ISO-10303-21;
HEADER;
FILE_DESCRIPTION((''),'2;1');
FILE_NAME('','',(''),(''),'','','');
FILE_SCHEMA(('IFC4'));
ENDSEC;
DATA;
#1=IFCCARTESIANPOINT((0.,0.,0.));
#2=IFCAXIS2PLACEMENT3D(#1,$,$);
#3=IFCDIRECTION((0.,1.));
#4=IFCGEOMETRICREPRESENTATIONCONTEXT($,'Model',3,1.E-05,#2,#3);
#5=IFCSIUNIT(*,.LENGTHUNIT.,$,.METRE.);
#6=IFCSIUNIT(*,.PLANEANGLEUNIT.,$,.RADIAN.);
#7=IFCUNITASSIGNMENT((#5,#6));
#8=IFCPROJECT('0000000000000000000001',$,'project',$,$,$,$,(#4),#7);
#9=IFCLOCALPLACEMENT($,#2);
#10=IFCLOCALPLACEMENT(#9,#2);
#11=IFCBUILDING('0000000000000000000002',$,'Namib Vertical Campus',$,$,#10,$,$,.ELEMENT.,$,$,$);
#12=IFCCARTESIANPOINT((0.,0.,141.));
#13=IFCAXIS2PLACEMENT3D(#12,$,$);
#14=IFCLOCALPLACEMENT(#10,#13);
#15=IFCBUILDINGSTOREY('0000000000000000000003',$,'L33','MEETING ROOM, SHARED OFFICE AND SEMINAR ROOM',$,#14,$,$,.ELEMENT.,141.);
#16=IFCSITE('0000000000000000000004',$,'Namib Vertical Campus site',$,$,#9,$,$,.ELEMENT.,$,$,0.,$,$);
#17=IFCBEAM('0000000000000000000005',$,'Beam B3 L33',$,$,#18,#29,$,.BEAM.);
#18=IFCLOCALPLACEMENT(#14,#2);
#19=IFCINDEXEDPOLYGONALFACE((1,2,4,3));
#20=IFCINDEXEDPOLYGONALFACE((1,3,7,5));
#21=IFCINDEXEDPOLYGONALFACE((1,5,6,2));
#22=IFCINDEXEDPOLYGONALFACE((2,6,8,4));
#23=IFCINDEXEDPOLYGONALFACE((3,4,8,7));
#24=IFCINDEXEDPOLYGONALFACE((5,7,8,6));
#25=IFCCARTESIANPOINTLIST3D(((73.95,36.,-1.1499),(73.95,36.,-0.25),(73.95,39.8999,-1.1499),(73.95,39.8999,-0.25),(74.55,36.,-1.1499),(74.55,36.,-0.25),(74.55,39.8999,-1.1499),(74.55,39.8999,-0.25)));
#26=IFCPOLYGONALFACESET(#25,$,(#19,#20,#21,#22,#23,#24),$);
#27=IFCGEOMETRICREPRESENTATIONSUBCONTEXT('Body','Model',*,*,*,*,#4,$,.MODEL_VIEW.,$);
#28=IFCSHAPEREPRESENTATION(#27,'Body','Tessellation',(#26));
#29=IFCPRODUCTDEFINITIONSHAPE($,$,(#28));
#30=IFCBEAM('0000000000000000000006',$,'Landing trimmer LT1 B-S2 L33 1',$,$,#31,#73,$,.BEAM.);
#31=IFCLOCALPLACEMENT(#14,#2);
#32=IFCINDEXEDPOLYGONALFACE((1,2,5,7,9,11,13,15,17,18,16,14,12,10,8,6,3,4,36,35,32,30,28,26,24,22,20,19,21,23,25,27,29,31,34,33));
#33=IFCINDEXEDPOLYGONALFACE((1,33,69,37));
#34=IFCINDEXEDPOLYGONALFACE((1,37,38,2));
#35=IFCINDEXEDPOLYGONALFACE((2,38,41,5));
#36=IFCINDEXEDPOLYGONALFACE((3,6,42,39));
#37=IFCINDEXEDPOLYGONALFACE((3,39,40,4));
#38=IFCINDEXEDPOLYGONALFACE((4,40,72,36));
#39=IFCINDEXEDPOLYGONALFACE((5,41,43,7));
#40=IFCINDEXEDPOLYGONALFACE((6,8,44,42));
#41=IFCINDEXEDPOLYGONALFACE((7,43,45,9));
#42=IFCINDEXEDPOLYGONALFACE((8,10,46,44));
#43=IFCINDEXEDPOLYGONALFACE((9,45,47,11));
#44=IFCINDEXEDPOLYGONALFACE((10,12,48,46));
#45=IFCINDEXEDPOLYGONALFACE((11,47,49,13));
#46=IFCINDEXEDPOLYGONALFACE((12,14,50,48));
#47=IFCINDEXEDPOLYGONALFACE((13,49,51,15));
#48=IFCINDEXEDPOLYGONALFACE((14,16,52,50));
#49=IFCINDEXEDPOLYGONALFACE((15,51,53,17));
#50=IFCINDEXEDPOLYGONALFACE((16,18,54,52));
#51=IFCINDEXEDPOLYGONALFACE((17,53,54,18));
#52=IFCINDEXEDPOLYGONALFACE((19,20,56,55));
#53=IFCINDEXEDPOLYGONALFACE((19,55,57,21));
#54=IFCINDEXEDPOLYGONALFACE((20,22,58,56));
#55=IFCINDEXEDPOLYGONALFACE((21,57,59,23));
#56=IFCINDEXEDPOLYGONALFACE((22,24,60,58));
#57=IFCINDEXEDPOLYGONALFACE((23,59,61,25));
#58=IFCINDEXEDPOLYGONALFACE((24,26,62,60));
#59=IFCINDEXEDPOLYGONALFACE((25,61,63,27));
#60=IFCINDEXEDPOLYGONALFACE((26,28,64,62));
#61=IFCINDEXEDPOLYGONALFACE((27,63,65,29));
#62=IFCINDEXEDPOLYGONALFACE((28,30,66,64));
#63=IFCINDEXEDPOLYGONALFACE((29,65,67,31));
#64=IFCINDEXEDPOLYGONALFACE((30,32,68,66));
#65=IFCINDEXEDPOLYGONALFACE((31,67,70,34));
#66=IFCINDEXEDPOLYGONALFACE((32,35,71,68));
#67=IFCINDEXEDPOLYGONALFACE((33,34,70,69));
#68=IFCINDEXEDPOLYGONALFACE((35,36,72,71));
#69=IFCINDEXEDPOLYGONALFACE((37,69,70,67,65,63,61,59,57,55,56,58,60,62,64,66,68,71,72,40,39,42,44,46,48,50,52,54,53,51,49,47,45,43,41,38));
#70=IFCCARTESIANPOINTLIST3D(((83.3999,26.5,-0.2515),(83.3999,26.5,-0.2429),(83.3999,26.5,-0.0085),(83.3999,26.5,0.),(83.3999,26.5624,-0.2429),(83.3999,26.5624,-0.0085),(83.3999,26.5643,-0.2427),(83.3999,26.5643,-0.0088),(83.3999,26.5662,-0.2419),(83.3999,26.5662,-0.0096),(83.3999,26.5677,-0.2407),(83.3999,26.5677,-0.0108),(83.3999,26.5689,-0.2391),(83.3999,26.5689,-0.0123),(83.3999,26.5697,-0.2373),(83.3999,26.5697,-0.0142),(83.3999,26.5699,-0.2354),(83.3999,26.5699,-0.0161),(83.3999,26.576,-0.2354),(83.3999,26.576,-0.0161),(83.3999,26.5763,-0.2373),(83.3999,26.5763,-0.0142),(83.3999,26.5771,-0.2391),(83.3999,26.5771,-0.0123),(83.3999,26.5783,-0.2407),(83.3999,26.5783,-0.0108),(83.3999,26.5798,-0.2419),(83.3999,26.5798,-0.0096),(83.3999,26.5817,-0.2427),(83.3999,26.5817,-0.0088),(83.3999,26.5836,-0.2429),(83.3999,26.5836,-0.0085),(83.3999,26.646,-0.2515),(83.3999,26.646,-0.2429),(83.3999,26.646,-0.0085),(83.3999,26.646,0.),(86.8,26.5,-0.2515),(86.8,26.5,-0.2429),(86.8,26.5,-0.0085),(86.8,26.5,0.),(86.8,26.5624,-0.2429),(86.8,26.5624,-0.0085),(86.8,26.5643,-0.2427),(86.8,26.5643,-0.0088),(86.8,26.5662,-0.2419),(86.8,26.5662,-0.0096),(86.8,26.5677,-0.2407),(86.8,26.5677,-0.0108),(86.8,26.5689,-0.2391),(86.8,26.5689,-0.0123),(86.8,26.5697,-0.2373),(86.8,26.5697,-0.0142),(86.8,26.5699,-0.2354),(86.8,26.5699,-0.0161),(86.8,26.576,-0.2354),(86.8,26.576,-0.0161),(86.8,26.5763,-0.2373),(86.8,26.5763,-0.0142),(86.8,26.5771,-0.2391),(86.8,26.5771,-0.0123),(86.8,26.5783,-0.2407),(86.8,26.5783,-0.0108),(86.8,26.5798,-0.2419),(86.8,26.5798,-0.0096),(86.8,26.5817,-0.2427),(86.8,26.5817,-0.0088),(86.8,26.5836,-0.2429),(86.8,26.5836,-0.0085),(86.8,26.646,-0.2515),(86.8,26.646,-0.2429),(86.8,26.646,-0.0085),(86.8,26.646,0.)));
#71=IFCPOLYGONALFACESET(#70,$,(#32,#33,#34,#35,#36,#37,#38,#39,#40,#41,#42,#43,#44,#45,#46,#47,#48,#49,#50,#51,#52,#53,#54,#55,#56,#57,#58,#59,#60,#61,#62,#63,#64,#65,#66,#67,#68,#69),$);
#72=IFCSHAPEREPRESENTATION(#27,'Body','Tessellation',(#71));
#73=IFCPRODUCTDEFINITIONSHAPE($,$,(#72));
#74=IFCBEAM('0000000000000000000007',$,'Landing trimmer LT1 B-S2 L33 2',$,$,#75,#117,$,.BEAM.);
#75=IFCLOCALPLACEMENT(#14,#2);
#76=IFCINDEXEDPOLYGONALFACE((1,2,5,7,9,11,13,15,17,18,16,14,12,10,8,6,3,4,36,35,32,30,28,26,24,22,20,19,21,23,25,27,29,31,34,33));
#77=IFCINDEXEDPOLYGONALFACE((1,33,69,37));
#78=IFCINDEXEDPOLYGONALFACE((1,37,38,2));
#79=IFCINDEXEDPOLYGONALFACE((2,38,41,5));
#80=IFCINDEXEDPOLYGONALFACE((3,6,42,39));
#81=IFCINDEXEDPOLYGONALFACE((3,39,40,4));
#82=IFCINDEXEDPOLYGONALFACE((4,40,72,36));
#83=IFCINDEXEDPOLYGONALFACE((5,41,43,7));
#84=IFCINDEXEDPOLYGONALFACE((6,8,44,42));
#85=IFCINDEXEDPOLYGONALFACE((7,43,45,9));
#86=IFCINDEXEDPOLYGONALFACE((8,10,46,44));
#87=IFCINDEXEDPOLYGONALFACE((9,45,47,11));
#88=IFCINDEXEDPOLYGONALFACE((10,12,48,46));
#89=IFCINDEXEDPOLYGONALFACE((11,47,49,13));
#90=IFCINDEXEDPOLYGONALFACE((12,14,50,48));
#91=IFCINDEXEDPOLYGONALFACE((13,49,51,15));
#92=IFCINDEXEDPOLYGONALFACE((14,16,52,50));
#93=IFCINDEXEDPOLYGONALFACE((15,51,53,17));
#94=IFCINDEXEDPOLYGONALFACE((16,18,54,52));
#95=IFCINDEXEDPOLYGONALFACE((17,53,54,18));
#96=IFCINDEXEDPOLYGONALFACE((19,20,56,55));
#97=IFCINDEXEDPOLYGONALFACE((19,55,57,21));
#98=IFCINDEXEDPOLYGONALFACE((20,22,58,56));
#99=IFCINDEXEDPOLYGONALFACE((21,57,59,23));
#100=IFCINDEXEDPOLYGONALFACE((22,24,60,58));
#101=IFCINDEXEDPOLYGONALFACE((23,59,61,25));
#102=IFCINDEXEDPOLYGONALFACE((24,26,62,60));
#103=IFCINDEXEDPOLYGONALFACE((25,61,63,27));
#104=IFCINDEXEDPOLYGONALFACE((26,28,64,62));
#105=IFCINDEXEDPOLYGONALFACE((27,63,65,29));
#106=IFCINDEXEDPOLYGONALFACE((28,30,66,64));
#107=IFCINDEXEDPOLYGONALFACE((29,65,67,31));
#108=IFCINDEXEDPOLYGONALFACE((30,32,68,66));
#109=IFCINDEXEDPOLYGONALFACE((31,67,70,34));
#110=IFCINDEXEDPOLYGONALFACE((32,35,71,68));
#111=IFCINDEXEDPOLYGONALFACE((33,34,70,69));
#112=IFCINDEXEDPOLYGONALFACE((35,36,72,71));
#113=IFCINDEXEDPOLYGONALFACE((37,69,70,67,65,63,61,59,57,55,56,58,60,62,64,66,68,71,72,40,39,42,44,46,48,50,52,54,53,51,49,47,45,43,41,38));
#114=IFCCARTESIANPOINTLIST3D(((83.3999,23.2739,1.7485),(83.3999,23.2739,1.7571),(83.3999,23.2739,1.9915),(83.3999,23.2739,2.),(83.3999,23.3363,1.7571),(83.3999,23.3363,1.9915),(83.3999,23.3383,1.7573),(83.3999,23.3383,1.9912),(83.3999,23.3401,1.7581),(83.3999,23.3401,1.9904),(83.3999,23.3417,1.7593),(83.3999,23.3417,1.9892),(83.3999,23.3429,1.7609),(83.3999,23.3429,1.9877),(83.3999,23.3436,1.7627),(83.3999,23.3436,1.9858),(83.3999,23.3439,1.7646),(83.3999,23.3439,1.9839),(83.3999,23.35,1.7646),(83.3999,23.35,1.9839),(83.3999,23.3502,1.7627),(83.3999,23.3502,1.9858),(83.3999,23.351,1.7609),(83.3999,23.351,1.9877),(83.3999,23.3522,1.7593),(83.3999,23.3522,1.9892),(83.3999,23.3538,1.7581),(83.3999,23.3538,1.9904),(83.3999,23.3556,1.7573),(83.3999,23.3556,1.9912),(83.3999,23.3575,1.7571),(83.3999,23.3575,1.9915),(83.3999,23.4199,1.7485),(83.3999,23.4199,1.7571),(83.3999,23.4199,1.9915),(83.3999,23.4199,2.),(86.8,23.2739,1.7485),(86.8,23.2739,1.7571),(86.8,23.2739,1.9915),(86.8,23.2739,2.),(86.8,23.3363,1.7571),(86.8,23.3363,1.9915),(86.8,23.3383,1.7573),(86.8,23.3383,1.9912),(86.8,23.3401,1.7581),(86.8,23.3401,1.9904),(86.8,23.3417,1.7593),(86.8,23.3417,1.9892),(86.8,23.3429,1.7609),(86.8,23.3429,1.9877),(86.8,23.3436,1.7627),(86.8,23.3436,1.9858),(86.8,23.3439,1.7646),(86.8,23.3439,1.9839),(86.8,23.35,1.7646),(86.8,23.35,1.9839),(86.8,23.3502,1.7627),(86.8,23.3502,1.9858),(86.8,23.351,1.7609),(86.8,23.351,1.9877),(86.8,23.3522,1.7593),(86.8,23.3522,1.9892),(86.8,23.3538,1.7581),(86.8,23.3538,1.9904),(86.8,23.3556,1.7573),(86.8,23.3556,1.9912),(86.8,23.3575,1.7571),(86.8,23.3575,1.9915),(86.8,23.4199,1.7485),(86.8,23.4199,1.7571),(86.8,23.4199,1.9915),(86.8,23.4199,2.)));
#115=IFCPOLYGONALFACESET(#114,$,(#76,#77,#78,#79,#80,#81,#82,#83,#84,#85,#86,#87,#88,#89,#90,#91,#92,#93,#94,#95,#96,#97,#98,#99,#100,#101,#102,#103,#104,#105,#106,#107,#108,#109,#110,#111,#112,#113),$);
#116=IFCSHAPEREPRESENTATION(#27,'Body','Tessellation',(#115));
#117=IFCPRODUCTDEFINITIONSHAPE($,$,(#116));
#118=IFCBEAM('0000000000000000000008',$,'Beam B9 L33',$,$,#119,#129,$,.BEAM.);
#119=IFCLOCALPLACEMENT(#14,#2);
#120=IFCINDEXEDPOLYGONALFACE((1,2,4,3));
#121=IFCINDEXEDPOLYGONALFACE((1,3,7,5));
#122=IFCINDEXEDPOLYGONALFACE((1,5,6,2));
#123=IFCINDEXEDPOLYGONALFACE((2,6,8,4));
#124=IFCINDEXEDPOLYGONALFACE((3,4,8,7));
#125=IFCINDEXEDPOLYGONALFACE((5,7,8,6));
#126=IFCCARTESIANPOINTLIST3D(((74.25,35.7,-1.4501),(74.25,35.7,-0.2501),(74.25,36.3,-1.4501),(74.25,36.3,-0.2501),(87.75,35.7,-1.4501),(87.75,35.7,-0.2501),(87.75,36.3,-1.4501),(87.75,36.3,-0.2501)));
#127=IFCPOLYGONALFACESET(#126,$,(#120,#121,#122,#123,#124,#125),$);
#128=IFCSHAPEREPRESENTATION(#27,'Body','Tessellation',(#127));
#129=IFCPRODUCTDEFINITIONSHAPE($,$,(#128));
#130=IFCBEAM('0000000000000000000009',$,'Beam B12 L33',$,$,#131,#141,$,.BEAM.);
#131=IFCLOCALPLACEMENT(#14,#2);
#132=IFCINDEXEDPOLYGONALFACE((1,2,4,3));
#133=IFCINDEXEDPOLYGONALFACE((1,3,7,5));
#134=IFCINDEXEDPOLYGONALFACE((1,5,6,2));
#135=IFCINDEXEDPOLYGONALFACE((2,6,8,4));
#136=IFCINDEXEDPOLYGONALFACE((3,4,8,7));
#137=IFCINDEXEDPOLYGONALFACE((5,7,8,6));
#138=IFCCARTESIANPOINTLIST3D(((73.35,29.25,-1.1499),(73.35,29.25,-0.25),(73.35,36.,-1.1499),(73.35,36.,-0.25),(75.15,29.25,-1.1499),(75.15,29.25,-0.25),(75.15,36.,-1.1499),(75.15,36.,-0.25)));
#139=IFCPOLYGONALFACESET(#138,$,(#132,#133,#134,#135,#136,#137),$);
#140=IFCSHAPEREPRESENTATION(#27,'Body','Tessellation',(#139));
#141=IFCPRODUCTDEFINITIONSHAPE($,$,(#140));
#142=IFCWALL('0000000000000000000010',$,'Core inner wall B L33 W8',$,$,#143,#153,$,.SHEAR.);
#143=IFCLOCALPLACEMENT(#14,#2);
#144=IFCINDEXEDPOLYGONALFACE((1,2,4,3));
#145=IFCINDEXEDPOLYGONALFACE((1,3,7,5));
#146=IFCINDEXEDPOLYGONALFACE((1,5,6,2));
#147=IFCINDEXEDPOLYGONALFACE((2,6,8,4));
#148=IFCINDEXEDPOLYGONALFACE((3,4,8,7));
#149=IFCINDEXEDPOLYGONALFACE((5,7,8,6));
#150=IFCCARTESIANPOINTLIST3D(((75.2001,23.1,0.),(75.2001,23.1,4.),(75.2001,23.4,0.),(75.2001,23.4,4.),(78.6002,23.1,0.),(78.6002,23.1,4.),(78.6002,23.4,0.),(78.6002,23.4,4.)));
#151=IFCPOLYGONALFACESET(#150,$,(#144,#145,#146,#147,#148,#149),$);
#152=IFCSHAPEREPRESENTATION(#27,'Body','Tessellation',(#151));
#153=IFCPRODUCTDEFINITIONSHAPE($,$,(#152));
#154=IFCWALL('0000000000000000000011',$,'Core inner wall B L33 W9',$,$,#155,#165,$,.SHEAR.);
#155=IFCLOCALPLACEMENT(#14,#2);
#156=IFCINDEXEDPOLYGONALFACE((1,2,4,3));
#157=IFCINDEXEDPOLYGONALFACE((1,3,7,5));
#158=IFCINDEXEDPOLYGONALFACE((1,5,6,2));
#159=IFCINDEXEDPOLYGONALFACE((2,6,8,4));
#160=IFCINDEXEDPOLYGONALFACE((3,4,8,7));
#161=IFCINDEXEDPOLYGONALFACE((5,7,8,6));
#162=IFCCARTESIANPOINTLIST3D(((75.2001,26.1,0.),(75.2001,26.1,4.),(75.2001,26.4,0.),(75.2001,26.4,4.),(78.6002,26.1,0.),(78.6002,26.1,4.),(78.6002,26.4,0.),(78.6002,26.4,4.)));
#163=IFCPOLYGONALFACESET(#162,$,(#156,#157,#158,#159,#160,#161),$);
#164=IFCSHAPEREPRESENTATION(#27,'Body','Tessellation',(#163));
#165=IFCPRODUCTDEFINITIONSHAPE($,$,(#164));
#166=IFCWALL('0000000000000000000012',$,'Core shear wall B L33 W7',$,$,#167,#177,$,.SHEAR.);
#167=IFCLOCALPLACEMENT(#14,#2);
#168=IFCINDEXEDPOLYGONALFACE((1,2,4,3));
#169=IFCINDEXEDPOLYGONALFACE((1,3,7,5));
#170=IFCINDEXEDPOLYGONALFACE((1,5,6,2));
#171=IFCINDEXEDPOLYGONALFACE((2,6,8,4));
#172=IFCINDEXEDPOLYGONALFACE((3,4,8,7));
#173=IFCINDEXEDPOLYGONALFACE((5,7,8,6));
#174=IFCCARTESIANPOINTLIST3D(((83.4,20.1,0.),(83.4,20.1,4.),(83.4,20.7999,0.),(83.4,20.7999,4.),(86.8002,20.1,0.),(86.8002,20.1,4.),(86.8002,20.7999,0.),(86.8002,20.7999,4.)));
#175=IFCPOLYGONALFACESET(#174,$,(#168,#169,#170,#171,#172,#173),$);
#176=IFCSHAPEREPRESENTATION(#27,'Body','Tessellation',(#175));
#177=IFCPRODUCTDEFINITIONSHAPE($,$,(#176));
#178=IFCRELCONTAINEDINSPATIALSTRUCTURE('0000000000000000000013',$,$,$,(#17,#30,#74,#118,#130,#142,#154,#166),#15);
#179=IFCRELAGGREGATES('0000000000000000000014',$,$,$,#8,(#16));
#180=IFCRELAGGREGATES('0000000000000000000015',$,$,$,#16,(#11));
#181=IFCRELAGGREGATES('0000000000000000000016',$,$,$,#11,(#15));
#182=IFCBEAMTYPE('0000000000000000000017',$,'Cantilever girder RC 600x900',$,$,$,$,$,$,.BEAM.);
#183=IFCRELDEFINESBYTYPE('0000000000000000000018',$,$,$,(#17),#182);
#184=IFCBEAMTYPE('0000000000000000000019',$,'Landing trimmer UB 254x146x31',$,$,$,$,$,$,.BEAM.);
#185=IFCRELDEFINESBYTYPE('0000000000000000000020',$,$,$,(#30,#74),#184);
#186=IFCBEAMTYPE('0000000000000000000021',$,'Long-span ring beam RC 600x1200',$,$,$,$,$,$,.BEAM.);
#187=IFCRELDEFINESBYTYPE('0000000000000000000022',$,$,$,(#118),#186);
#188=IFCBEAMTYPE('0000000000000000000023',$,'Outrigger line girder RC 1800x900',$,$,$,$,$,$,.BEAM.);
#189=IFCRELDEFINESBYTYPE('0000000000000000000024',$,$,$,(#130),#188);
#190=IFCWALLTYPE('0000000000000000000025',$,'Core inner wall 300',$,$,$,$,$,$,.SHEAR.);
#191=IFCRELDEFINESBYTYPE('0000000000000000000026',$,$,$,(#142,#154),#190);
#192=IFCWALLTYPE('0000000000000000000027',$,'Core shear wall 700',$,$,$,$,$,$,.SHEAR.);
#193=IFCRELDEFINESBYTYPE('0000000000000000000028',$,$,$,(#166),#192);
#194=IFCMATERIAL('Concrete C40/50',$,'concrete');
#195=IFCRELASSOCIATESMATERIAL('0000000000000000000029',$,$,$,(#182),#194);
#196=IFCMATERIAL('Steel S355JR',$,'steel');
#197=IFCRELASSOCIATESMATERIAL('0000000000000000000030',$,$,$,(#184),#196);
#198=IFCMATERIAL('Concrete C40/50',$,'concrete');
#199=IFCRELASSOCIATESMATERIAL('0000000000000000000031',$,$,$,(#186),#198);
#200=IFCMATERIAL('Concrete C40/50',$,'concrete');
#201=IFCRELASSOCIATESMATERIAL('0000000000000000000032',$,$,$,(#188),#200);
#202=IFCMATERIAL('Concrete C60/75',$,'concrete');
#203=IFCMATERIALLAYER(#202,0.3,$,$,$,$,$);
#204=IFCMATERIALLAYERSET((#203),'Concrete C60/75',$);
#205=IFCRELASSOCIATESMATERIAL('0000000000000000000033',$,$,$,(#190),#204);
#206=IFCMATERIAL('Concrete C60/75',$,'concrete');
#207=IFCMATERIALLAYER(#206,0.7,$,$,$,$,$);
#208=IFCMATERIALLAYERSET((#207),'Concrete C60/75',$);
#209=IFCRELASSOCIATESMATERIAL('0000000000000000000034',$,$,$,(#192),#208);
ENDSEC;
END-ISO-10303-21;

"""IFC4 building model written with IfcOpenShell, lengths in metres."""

from ifc_helpers import new_model, si_unit, direction, frame, frame_2d, origin, origin_2d, place, context, subcontext, project, spatial, rectangle, i_section, extrude, material, layer, layer_set, material_profile, profile_set, type_object, element, save


model = new_model("IFC4")

# Units and contexts
model_context = context("Model", 3, precision=1e-05, world=origin(), true_north=direction((0.0, 1.0)))
body_context = subcontext(model_context, "Body", "Model", "MODEL_VIEW")
ifc_project = project(units=[si_unit("LENGTHUNIT", "METRE"), si_unit("PLANEANGLEUNIT", "RADIAN")], contexts=[model_context])

# Site, building, storey
site_placement = place(None, origin())
site = spatial("IfcSite", under=ifc_project, at=site_placement, Name="Namib Vertical Campus site", CompositionType="ELEMENT", RefElevation=0.0)
building_placement = place(site_placement, origin())
building = spatial("IfcBuilding", under=site, at=building_placement, Name="Namib Vertical Campus", CompositionType="ELEMENT")
storey_placement = place(building_placement, frame((0.0, 0.0, 141.0)))
storey = spatial("IfcBuildingStorey", under=building, at=storey_placement, Name="L33", Description="MEETING ROOM, SHARED OFFICE AND SEMINAR ROOM", CompositionType="ELEMENT", Elevation=141.0)

# Beams
ifc_material_1 = material(Name="Concrete C40/50", Category="concrete")
ifc_material_profile_1 = material_profile(ifc_material_1, rectangle(XDim=0.6001, YDim=0.8999, at=origin_2d()))
ifc_profile_set_1 = profile_set([ifc_material_profile_1], Name="Concrete C40/50")
beam_type_1 = type_object("IfcBeamType", Name="Cantilever girder RC 600x900", PredefinedType="BEAM", material=ifc_profile_set_1)
beam_1_placement = place(storey_placement, frame((74.25, 36.0, -0.7), z_axis=(0.0, 1.0, 0.0), x_axis=(-1.0, 0.0, 0.0)))
element("IfcBeam", 1, at=beam_1_placement, inside=storey, type_object=beam_type_1, Name="Beam B3 L33", PredefinedType="BEAM", context=body_context, shape_type="SweptSolid", body=[
    extrude(rectangle(XDim=0.6001, YDim=0.8999, at=origin_2d()), origin(), (0.0, 0.0, 1.0), 3.8999),
])
ifc_material_2 = material(Name="Steel S355JR", Category="steel")
ifc_material_profile_2 = material_profile(ifc_material_2, i_section(OverallWidth=0.146, OverallDepth=0.2515, WebThickness=0.0061, FlangeThickness=0.0085, FilletRadius=0.0076, at=origin_2d()))
ifc_profile_set_2 = profile_set([ifc_material_profile_2], Name="Steel S355JR")
beam_type_2 = type_object("IfcBeamType", Name="Landing trimmer UB 254x146x31", PredefinedType="BEAM", material=ifc_profile_set_2)
for number, where, z_axis, x_axis, name in (
    (2, (83.3999, 26.573, -0.1257), (1.0, 0.0, 0.0), (0.0, 1.0, 0.0), "Landing trimmer LT1 B-S2 L33 1"),
    (3, (83.3999, 23.3469, 1.8743), (1.0, 0.0, 0.0), (0.0, 1.0, 0.0), "Landing trimmer LT1 B-S2 L33 2"),
):
    element("IfcBeam", number, at=place(storey_placement, frame(where, z_axis=z_axis, x_axis=x_axis)), inside=storey, type_object=beam_type_2, Name=name, PredefinedType="BEAM", context=body_context, shape_type="SweptSolid", body=[
        extrude(i_section(OverallWidth=0.146, OverallDepth=0.2515, WebThickness=0.0061, FlangeThickness=0.0085, FilletRadius=0.0076, at=origin_2d()), origin(), (0.0, 0.0, 1.0), 3.4001),
    ])
ifc_material_3 = material(Name="Concrete C40/50", Category="concrete")
ifc_material_profile_3 = material_profile(ifc_material_3, rectangle(XDim=0.6001, YDim=1.2, at=origin_2d()))
ifc_profile_set_3 = profile_set([ifc_material_profile_3], Name="Concrete C40/50")
beam_type_3 = type_object("IfcBeamType", Name="Long-span ring beam RC 600x1200", PredefinedType="BEAM", material=ifc_profile_set_3)
beam_2_placement = place(storey_placement, frame((74.25, 36.0, -0.8501), z_axis=(1.0, 0.0, 0.0), x_axis=(0.0, 1.0, 0.0)))
element("IfcBeam", 4, at=beam_2_placement, inside=storey, type_object=beam_type_3, Name="Beam B9 L33", PredefinedType="BEAM", context=body_context, shape_type="SweptSolid", body=[
    extrude(rectangle(XDim=0.6001, YDim=1.2, at=origin_2d()), origin(), (0.0, 0.0, 1.0), 13.5),
])
ifc_material_4 = material(Name="Concrete C40/50", Category="concrete")
ifc_material_profile_4 = material_profile(ifc_material_4, rectangle(XDim=1.8, YDim=0.8999, at=origin_2d()))
ifc_profile_set_4 = profile_set([ifc_material_profile_4], Name="Concrete C40/50")
beam_type_4 = type_object("IfcBeamType", Name="Outrigger line girder RC 1800x900", PredefinedType="BEAM", material=ifc_profile_set_4)
beam_3_placement = place(storey_placement, frame((74.25, 36.0, -0.7), z_axis=(0.0, -1.0, 0.0), x_axis=(1.0, 0.0, 0.0)))
element("IfcBeam", 5, at=beam_3_placement, inside=storey, type_object=beam_type_4, Name="Beam B12 L33", PredefinedType="BEAM", context=body_context, shape_type="SweptSolid", body=[
    extrude(rectangle(XDim=1.8, YDim=0.8999, at=origin_2d()), origin(), (0.0, 0.0, 1.0), 6.75),
])

# Walls
ifc_material_5 = material(Name="Concrete C60/75", Category="concrete")
ifc_layer_1 = layer(ifc_material_5, 0.3)
ifc_layer_set_1 = layer_set([ifc_layer_1], Name="Concrete C60/75")
wall_type_1 = type_object("IfcWallType", Name="Core inner wall 300", PredefinedType="SHEAR", material=ifc_layer_set_1)
for number, where, z_axis, x_axis, name in (
    (6, (75.2, 23.25, 0.0), (0.0, 0.0, 1.0), (1.0, 0.0, 0.0), "Core inner wall B L33 W8"),
    (7, (75.2, 26.25, 0.0), (0.0, 0.0, 1.0), (1.0, 0.0, 0.0), "Core inner wall B L33 W9"),
):
    element("IfcWall", number, at=place(storey_placement, frame(where, z_axis=z_axis, x_axis=x_axis)), inside=storey, type_object=wall_type_1, Name=name, PredefinedType="SHEAR", context=body_context, shape_type="SweptSolid", body=[
        extrude(rectangle(XDim=3.4001, YDim=0.3, at=frame_2d((1.7002, 0.0))), origin(), (0.0, 0.0, 1.0), 4.0),
    ])
ifc_material_6 = material(Name="Concrete C60/75", Category="concrete")
ifc_layer_2 = layer(ifc_material_6, 0.7)
ifc_layer_set_2 = layer_set([ifc_layer_2], Name="Concrete C60/75")
wall_type_2 = type_object("IfcWallType", Name="Core shear wall 700", PredefinedType="SHEAR", material=ifc_layer_set_2)
wall_1_placement = place(storey_placement, frame((83.3999, 20.45, 0.0), z_axis=(0.0, 0.0, 1.0), x_axis=(1.0, 0.0, 0.0)))
element("IfcWall", 8, at=wall_1_placement, inside=storey, type_object=wall_type_2, Name="Core shear wall B L33 W7", PredefinedType="SHEAR", context=body_context, shape_type="SweptSolid", body=[
    extrude(rectangle(XDim=3.4001, YDim=0.7, at=frame_2d((1.7002, 0.0))), origin(), (0.0, 0.0, 1.0), 4.0),
])

save(model, "model.ifc")
